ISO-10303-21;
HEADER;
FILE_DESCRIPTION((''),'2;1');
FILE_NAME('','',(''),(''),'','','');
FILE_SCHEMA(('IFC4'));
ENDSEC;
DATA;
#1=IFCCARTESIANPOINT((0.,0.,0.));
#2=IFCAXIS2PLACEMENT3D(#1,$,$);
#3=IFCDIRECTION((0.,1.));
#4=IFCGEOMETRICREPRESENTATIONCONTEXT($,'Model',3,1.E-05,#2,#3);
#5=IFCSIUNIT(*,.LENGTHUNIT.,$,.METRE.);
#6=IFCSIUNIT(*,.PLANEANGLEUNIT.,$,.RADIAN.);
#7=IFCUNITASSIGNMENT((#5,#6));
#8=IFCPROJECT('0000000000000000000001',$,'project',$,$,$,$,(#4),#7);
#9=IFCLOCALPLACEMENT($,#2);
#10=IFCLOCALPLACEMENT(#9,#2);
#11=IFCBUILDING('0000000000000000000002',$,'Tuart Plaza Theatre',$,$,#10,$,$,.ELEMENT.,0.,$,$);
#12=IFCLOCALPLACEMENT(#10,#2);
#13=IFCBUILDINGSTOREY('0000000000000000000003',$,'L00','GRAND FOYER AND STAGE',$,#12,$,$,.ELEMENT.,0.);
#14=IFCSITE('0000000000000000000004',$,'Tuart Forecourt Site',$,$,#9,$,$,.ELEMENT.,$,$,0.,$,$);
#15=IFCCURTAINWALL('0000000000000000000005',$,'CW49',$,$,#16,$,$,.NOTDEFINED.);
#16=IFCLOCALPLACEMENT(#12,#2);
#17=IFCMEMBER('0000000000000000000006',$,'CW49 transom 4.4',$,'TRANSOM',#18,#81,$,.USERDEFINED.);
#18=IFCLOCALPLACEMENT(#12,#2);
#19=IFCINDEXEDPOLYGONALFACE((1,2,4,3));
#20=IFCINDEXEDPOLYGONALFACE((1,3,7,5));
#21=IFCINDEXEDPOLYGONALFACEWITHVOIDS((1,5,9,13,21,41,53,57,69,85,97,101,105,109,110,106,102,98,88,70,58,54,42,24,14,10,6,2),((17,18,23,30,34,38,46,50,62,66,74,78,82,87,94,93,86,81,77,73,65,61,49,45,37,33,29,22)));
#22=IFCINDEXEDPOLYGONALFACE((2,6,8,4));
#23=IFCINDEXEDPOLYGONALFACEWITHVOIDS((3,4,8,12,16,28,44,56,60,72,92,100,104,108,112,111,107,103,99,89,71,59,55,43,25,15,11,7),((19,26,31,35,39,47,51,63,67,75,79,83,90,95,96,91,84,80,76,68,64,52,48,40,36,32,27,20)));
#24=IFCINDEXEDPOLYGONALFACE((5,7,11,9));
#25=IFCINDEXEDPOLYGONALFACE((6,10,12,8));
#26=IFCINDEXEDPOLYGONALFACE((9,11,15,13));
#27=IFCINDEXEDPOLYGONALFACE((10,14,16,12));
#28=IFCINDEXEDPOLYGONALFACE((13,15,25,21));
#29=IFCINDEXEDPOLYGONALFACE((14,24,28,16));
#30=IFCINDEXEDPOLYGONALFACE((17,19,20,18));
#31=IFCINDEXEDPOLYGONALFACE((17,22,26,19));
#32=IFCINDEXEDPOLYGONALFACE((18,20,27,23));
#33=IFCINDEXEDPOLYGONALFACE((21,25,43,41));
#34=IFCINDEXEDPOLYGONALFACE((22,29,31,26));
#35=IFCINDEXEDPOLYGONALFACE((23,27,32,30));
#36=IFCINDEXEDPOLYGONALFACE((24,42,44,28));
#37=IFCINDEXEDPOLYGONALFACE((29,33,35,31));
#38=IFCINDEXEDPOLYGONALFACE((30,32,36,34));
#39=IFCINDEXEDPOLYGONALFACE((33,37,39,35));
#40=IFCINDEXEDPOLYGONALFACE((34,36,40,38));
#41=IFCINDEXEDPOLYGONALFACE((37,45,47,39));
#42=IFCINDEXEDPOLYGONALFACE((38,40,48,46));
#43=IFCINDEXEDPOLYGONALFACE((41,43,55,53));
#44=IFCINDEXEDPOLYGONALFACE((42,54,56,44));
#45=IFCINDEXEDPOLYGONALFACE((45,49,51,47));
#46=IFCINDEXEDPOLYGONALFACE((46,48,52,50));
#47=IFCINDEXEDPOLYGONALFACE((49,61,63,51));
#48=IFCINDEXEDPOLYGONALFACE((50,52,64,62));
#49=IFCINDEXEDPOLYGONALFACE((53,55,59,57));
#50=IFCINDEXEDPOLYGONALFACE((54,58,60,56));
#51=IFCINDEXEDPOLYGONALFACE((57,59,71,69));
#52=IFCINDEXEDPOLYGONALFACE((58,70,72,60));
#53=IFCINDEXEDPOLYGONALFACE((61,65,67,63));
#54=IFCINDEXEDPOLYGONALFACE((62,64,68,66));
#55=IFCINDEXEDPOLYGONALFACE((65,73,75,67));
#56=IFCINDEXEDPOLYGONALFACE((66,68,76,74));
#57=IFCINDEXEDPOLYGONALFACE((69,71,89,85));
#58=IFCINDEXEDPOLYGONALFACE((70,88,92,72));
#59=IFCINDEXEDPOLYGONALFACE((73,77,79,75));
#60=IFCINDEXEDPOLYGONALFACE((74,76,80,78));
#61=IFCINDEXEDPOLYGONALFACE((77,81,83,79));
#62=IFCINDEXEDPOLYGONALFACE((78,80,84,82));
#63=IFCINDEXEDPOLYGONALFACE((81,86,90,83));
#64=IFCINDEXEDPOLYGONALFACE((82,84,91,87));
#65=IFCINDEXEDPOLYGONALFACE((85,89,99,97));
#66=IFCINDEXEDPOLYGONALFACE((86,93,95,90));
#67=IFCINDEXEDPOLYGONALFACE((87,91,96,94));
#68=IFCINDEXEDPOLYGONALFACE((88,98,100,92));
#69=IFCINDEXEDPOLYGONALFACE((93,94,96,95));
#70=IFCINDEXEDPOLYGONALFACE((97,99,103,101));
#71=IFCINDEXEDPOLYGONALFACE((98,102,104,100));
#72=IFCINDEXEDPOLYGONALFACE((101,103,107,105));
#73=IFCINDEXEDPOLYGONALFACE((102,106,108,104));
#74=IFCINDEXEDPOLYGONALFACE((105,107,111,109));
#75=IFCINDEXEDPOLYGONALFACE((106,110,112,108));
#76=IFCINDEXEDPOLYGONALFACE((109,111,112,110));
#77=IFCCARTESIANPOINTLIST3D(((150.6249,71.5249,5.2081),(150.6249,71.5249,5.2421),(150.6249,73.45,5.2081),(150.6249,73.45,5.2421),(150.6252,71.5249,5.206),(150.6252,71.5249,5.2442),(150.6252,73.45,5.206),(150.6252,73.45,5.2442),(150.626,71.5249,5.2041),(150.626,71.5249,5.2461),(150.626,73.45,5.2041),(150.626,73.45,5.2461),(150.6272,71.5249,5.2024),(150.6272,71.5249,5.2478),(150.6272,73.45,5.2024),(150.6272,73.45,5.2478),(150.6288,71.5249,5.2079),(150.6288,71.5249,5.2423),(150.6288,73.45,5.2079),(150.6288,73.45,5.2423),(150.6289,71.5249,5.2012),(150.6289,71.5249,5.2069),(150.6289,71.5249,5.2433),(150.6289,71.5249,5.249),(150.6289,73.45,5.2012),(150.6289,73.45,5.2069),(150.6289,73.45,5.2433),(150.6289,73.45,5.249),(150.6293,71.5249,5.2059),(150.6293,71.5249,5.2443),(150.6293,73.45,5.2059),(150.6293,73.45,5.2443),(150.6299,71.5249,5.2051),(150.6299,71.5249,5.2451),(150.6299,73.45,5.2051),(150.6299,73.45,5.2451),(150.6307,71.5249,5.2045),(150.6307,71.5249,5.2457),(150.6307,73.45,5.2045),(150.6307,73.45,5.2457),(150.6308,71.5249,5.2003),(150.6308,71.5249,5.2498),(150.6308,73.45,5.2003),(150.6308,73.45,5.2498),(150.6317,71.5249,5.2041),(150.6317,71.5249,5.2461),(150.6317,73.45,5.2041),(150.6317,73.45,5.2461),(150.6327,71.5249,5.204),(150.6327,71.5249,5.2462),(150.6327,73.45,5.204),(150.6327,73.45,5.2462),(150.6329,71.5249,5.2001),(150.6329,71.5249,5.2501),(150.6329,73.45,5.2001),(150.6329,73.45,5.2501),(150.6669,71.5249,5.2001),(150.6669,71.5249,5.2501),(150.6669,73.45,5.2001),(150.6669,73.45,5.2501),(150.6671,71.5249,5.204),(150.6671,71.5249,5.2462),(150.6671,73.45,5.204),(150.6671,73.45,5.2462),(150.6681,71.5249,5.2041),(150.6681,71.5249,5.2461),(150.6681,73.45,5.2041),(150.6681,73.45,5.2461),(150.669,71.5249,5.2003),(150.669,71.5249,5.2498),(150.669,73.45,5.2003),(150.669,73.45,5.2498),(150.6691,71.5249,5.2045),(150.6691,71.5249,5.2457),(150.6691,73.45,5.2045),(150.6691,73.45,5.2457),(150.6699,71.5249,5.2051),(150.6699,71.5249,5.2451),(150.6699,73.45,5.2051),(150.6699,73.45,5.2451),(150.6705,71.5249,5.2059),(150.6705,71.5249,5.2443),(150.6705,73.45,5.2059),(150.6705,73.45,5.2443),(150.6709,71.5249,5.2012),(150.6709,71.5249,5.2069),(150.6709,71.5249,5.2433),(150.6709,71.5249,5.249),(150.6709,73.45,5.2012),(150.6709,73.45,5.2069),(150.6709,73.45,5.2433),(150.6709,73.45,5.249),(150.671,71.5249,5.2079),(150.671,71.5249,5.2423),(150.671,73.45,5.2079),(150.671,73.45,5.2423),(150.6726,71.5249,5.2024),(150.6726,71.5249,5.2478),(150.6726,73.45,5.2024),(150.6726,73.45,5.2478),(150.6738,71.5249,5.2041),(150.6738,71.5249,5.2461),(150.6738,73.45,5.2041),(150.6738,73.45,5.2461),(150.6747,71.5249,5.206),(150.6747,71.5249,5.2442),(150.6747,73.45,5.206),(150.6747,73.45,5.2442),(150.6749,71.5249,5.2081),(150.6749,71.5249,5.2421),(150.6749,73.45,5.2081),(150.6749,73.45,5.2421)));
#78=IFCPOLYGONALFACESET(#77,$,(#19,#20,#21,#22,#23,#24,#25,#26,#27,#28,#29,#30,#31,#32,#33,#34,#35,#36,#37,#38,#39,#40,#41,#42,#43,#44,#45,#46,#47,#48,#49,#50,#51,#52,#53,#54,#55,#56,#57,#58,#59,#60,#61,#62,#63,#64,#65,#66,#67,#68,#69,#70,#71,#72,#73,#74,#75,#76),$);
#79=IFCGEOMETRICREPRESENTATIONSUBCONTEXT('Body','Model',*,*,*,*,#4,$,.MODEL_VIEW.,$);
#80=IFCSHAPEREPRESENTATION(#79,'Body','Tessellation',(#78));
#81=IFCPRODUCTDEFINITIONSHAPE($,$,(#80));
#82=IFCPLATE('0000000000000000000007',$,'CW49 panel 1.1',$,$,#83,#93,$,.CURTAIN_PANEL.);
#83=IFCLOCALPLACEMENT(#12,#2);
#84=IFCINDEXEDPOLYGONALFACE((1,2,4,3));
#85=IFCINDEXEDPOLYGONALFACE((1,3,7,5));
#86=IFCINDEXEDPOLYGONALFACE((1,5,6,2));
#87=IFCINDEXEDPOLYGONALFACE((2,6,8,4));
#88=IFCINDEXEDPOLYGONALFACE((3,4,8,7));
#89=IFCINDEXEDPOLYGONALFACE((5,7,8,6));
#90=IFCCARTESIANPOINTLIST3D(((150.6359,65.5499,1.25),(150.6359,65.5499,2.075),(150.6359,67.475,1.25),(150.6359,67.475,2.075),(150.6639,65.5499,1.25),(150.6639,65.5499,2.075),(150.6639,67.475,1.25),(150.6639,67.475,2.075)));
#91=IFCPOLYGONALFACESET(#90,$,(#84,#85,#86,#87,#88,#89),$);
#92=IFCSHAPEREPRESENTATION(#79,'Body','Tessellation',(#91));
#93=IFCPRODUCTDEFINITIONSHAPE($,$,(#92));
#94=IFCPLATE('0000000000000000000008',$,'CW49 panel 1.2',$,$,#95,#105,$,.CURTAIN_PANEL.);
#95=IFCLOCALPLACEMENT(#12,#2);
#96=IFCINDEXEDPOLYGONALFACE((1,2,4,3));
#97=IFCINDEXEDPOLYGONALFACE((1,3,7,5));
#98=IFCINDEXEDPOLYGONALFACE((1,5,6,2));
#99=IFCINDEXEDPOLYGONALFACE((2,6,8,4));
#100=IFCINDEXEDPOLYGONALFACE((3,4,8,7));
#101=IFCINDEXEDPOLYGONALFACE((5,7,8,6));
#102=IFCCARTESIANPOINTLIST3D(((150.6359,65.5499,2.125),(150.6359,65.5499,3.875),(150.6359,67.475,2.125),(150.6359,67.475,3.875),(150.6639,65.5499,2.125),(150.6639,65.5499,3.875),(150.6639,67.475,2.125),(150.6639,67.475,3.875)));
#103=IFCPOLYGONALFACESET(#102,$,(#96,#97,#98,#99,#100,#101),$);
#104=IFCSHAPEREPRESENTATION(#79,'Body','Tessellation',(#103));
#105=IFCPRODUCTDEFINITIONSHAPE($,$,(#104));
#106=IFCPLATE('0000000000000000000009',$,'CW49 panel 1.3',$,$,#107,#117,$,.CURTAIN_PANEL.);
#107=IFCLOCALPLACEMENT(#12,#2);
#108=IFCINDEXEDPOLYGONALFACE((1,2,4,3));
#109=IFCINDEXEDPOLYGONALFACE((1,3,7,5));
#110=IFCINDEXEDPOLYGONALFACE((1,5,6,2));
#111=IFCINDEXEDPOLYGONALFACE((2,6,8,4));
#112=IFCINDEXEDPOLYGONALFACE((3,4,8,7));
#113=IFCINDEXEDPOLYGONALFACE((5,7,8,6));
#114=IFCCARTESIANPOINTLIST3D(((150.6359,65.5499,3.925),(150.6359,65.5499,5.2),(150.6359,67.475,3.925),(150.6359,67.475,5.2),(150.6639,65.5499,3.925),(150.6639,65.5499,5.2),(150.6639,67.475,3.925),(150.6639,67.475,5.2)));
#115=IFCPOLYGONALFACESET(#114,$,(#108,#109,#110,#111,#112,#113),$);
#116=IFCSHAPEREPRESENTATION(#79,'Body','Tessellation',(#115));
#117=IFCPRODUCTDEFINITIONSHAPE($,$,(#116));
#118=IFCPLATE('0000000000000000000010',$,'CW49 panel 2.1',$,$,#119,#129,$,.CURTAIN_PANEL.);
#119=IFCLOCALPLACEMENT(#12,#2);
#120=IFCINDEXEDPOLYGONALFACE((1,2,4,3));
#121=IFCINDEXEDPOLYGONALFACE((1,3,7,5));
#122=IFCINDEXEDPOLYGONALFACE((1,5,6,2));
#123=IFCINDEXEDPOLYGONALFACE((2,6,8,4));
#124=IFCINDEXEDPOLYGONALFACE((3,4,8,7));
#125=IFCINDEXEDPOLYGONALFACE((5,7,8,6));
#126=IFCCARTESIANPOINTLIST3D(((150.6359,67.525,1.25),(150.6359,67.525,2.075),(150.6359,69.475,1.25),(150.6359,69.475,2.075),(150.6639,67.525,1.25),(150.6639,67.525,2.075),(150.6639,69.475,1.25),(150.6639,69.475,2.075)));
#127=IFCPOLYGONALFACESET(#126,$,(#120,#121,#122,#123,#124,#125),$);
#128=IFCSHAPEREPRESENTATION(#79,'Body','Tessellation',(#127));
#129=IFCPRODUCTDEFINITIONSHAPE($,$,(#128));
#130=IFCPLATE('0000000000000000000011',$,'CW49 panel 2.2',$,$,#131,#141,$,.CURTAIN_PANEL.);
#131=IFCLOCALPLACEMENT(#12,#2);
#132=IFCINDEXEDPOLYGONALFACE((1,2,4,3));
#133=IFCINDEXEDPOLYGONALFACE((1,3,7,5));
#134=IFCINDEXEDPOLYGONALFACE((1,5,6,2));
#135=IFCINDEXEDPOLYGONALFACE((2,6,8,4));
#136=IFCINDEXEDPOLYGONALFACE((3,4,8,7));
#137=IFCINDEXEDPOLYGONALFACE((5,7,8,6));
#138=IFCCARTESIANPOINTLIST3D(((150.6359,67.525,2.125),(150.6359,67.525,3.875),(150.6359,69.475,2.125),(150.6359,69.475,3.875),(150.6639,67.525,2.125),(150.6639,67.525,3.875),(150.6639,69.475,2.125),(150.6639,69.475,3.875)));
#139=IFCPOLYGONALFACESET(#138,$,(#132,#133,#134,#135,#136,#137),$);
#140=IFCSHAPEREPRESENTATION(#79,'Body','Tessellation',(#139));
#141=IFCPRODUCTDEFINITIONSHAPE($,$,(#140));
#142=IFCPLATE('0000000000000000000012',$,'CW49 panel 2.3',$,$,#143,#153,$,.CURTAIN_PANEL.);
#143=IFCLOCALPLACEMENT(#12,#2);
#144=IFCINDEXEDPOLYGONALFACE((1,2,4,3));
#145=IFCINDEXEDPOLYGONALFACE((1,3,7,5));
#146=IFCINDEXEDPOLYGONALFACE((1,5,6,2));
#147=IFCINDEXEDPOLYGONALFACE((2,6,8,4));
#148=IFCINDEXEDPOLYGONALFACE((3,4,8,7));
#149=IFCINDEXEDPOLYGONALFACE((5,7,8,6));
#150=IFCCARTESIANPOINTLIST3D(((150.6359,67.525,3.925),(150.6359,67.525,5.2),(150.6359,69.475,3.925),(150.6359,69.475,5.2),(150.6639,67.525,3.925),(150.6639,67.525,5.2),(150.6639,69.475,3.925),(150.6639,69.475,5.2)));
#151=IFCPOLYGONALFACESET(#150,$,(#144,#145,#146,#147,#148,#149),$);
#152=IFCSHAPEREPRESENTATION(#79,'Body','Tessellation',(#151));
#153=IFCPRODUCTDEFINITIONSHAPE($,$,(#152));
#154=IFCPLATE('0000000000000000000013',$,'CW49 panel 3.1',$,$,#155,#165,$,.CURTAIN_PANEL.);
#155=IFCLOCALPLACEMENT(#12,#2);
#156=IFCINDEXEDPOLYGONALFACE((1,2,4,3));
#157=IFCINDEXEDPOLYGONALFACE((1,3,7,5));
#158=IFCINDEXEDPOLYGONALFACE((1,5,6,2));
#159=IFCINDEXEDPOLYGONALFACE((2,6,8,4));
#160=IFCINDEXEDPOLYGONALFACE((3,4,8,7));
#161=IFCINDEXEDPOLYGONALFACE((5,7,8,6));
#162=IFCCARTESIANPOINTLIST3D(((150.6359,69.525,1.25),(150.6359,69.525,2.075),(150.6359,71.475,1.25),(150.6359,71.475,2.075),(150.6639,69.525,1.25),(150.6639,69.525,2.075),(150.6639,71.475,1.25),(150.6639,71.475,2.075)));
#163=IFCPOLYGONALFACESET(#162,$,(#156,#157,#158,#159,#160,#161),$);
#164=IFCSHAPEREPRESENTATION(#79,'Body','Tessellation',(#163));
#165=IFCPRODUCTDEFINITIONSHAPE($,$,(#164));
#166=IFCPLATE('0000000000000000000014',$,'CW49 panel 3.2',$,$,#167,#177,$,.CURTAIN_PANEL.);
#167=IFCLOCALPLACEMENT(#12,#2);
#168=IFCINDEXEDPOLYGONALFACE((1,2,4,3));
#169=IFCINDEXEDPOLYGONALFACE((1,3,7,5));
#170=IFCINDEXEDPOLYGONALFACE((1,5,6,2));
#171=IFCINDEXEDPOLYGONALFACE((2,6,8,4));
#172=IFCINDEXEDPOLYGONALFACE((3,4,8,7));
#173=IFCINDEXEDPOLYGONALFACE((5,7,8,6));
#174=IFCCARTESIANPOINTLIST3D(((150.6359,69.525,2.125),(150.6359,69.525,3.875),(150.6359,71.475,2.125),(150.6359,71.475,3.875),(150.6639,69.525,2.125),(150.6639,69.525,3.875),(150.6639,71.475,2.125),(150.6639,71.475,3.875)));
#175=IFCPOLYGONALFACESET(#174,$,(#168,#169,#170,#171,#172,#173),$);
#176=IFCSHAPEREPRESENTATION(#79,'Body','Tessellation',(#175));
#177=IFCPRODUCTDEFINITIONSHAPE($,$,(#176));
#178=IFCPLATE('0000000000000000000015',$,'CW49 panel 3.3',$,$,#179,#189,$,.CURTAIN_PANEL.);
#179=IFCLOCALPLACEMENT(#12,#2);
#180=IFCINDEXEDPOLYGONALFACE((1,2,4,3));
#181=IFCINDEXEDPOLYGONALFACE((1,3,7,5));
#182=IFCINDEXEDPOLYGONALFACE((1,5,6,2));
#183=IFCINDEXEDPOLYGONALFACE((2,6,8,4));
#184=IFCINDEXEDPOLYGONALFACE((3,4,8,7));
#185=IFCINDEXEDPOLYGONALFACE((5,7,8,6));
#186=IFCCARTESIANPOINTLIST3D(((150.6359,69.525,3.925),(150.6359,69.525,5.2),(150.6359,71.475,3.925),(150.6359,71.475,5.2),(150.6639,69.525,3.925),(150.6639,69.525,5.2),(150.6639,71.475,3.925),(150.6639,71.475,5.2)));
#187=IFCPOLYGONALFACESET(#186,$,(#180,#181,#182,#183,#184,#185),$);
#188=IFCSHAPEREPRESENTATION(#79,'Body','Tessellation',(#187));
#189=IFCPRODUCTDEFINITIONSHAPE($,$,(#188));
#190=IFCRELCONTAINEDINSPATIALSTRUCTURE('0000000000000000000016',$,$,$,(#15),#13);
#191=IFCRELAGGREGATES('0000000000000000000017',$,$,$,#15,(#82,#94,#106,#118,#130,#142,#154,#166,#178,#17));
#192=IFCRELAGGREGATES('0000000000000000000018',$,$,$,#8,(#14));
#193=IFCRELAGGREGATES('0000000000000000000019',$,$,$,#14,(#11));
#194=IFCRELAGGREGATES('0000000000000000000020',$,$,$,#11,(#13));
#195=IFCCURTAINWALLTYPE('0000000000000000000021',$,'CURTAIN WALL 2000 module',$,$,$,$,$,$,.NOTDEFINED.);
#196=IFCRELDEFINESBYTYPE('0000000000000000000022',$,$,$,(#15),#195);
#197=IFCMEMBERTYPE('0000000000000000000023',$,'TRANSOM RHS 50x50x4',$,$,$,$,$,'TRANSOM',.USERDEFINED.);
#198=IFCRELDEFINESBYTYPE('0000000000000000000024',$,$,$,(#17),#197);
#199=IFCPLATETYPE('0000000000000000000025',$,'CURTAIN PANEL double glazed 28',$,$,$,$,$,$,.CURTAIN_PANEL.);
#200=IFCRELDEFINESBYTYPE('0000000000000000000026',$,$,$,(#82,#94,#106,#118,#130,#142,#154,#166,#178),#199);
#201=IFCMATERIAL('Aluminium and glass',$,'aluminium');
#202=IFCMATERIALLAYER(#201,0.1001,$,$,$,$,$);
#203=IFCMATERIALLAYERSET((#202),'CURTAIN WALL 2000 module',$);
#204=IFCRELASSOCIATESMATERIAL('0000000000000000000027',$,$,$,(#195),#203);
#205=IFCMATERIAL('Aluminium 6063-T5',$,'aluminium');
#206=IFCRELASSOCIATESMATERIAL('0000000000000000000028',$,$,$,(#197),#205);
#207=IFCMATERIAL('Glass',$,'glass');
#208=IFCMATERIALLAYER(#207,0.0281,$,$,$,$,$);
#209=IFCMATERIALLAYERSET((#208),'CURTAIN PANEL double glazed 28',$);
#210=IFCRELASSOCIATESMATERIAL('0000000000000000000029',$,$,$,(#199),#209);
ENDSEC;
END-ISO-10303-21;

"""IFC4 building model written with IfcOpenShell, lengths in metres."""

from ifc_helpers import new_model, si_unit, direction, frame, origin, origin_2d, place, context, subcontext, project, spatial, rectangle, hollow_rectangle, extrude, material, layer, layer_set, material_profile, profile_set, type_object, element, aggregate, save


model = new_model("IFC4")

# Units and contexts
model_context = context("Model", 3, precision=1e-05, world=origin(), true_north=direction((0.0, 1.0)))
body_context = subcontext(model_context, "Body", "Model", "MODEL_VIEW")
ifc_project = project(units=[si_unit("LENGTHUNIT", "METRE"), si_unit("PLANEANGLEUNIT", "RADIAN")], contexts=[model_context])

# Site, building, storey
site_placement = place(None, origin())
site = spatial("IfcSite", under=ifc_project, at=site_placement, Name="Tuart Forecourt Site", CompositionType="ELEMENT", RefElevation=0.0)
building_placement = place(site_placement, origin())
building = spatial("IfcBuilding", under=site, at=building_placement, Name="Tuart Plaza Theatre", CompositionType="ELEMENT", ElevationOfRefHeight=0.0)
storey_placement = place(building_placement, origin())
storey = spatial("IfcBuildingStorey", under=building, at=storey_placement, Name="L00", Description="GRAND FOYER AND STAGE", CompositionType="ELEMENT", Elevation=0.0)

# Curtain wall, member, plates
ifc_material_1 = material(Name="Aluminium and glass", Category="aluminium")
ifc_layer_1 = layer(ifc_material_1, 0.1001)
ifc_layer_set_1 = layer_set([ifc_layer_1], Name="CURTAIN WALL 2000 module")
curtain_wall_type = type_object("IfcCurtainWallType", Name="CURTAIN WALL 2000 module", PredefinedType="NOTDEFINED", material=ifc_layer_set_1)
curtain_wall_placement = place(storey_placement, origin())
curtain_wall = element("IfcCurtainWall", 1, at=curtain_wall_placement, inside=storey, type_object=curtain_wall_type, Name="CW49", PredefinedType="NOTDEFINED")
ifc_material_2 = material(Name="Aluminium 6063-T5", Category="aluminium")
ifc_material_profile_1 = material_profile(ifc_material_2, hollow_rectangle(XDim=0.05, YDim=0.05, WallThickness=0.0039, InnerFilletRadius=0.0039, OuterFilletRadius=0.0081, at=origin_2d()), Name="RHS 50x50x4")
ifc_profile_set_1 = profile_set([ifc_material_profile_1], Name="Aluminium 6063-T5")
member_type_1 = type_object("IfcMemberType", Name="TRANSOM RHS 50x50x4", ElementType="TRANSOM", PredefinedType="USERDEFINED", material=ifc_profile_set_1)
member_1_placement = place(storey_placement, frame((150.6499, 71.5249, 5.2251), z_axis=(0.0, 1.0, 0.0), x_axis=(-1.0, 0.0, 0.0)))
member_1 = element("IfcMember", 2, at=member_1_placement, type_object=member_type_1, Name="CW49 transom 4.4", ObjectType="TRANSOM", PredefinedType="USERDEFINED", context=body_context, shape_type="SweptSolid", body=[
    extrude(hollow_rectangle(XDim=0.05, YDim=0.05, WallThickness=0.0039, InnerFilletRadius=0.0039, OuterFilletRadius=0.0081, at=origin_2d()), origin(), (0.0, 0.0, 1.0), 1.925),
])
ifc_material_3 = material(Name="Glass", Category="glass")
ifc_layer_2 = layer(ifc_material_3, 0.0281)
ifc_layer_set_2 = layer_set([ifc_layer_2], Name="CURTAIN PANEL double glazed 28")
plate_type = type_object("IfcPlateType", Name="CURTAIN PANEL double glazed 28", PredefinedType="CURTAIN_PANEL", material=ifc_layer_set_2)
plate_1_placement = place(storey_placement, frame((150.6499, 66.5125, 1.25), z_axis=(0.0, 0.0, 1.0), x_axis=(0.0, 1.0, 0.0)))
plate_1 = element("IfcPlate", 3, at=plate_1_placement, type_object=plate_type, Name="CW49 panel 1.1", PredefinedType="CURTAIN_PANEL", context=body_context, shape_type="SweptSolid", body=[
    extrude(rectangle(XDim=1.925, YDim=0.0281, at=origin_2d()), origin(), (0.0, 0.0, 1.0), 0.825),
])
plate_2_placement = place(storey_placement, frame((150.6499, 66.5125, 2.125), z_axis=(0.0, 0.0, 1.0), x_axis=(0.0, 1.0, 0.0)))
plate_2 = element("IfcPlate", 4, at=plate_2_placement, type_object=plate_type, Name="CW49 panel 1.2", PredefinedType="CURTAIN_PANEL", context=body_context, shape_type="SweptSolid", body=[
    extrude(rectangle(XDim=1.925, YDim=0.0281, at=origin_2d()), origin(), (0.0, 0.0, 1.0), 1.75),
])
plate_3_placement = place(storey_placement, frame((150.6499, 66.5125, 3.925), z_axis=(0.0, 0.0, 1.0), x_axis=(0.0, 1.0, 0.0)))
plate_3 = element("IfcPlate", 5, at=plate_3_placement, type_object=plate_type, Name="CW49 panel 1.3", PredefinedType="CURTAIN_PANEL", context=body_context, shape_type="SweptSolid", body=[
    extrude(rectangle(XDim=1.925, YDim=0.0281, at=origin_2d()), origin(), (0.0, 0.0, 1.0), 1.2749),
])
plate_4_placement = place(storey_placement, frame((150.6499, 68.5, 1.25), z_axis=(0.0, 0.0, 1.0), x_axis=(0.0, 1.0, 0.0)))
plate_4 = element("IfcPlate", 6, at=plate_4_placement, type_object=plate_type, Name="CW49 panel 2.1", PredefinedType="CURTAIN_PANEL", context=body_context, shape_type="SweptSolid", body=[
    extrude(rectangle(XDim=1.95, YDim=0.0281, at=origin_2d()), origin(), (0.0, 0.0, 1.0), 0.825),
])
plate_5_placement = place(storey_placement, frame((150.6499, 68.5, 2.125), z_axis=(0.0, 0.0, 1.0), x_axis=(0.0, 1.0, 0.0)))
plate_5 = element("IfcPlate", 7, at=plate_5_placement, type_object=plate_type, Name="CW49 panel 2.2", PredefinedType="CURTAIN_PANEL", context=body_context, shape_type="SweptSolid", body=[
    extrude(rectangle(XDim=1.95, YDim=0.0281, at=origin_2d()), origin(), (0.0, 0.0, 1.0), 1.75),
])
plate_6_placement = place(storey_placement, frame((150.6499, 68.5, 3.925), z_axis=(0.0, 0.0, 1.0), x_axis=(0.0, 1.0, 0.0)))
plate_6 = element("IfcPlate", 8, at=plate_6_placement, type_object=plate_type, Name="CW49 panel 2.3", PredefinedType="CURTAIN_PANEL", context=body_context, shape_type="SweptSolid", body=[
    extrude(rectangle(XDim=1.95, YDim=0.0281, at=origin_2d()), origin(), (0.0, 0.0, 1.0), 1.2749),
])
plate_7_placement = place(storey_placement, frame((150.6499, 70.5, 1.25), z_axis=(0.0, 0.0, 1.0), x_axis=(0.0, 1.0, 0.0)))
plate_7 = element("IfcPlate", 9, at=plate_7_placement, type_object=plate_type, Name="CW49 panel 3.1", PredefinedType="CURTAIN_PANEL", context=body_context, shape_type="SweptSolid", body=[
    extrude(rectangle(XDim=1.95, YDim=0.0281, at=origin_2d()), origin(), (0.0, 0.0, 1.0), 0.825),
])
plate_8_placement = place(storey_placement, frame((150.6499, 70.5, 2.125), z_axis=(0.0, 0.0, 1.0), x_axis=(0.0, 1.0, 0.0)))
plate_8 = element("IfcPlate", 10, at=plate_8_placement, type_object=plate_type, Name="CW49 panel 3.2", PredefinedType="CURTAIN_PANEL", context=body_context, shape_type="SweptSolid", body=[
    extrude(rectangle(XDim=1.95, YDim=0.0281, at=origin_2d()), origin(), (0.0, 0.0, 1.0), 1.75),
])
plate_9_placement = place(storey_placement, frame((150.6499, 70.5, 3.925), z_axis=(0.0, 0.0, 1.0), x_axis=(0.0, 1.0, 0.0)))
plate_9 = element("IfcPlate", 11, at=plate_9_placement, type_object=plate_type, Name="CW49 panel 3.3", PredefinedType="CURTAIN_PANEL", context=body_context, shape_type="SweptSolid", body=[
    extrude(rectangle(XDim=1.95, YDim=0.0281, at=origin_2d()), origin(), (0.0, 0.0, 1.0), 1.2749),
])
aggregate(curtain_wall, [plate_1, plate_2, plate_3, plate_4, plate_5, plate_6, plate_7, plate_8, plate_9, member_1])

save(model, "model.ifc")
